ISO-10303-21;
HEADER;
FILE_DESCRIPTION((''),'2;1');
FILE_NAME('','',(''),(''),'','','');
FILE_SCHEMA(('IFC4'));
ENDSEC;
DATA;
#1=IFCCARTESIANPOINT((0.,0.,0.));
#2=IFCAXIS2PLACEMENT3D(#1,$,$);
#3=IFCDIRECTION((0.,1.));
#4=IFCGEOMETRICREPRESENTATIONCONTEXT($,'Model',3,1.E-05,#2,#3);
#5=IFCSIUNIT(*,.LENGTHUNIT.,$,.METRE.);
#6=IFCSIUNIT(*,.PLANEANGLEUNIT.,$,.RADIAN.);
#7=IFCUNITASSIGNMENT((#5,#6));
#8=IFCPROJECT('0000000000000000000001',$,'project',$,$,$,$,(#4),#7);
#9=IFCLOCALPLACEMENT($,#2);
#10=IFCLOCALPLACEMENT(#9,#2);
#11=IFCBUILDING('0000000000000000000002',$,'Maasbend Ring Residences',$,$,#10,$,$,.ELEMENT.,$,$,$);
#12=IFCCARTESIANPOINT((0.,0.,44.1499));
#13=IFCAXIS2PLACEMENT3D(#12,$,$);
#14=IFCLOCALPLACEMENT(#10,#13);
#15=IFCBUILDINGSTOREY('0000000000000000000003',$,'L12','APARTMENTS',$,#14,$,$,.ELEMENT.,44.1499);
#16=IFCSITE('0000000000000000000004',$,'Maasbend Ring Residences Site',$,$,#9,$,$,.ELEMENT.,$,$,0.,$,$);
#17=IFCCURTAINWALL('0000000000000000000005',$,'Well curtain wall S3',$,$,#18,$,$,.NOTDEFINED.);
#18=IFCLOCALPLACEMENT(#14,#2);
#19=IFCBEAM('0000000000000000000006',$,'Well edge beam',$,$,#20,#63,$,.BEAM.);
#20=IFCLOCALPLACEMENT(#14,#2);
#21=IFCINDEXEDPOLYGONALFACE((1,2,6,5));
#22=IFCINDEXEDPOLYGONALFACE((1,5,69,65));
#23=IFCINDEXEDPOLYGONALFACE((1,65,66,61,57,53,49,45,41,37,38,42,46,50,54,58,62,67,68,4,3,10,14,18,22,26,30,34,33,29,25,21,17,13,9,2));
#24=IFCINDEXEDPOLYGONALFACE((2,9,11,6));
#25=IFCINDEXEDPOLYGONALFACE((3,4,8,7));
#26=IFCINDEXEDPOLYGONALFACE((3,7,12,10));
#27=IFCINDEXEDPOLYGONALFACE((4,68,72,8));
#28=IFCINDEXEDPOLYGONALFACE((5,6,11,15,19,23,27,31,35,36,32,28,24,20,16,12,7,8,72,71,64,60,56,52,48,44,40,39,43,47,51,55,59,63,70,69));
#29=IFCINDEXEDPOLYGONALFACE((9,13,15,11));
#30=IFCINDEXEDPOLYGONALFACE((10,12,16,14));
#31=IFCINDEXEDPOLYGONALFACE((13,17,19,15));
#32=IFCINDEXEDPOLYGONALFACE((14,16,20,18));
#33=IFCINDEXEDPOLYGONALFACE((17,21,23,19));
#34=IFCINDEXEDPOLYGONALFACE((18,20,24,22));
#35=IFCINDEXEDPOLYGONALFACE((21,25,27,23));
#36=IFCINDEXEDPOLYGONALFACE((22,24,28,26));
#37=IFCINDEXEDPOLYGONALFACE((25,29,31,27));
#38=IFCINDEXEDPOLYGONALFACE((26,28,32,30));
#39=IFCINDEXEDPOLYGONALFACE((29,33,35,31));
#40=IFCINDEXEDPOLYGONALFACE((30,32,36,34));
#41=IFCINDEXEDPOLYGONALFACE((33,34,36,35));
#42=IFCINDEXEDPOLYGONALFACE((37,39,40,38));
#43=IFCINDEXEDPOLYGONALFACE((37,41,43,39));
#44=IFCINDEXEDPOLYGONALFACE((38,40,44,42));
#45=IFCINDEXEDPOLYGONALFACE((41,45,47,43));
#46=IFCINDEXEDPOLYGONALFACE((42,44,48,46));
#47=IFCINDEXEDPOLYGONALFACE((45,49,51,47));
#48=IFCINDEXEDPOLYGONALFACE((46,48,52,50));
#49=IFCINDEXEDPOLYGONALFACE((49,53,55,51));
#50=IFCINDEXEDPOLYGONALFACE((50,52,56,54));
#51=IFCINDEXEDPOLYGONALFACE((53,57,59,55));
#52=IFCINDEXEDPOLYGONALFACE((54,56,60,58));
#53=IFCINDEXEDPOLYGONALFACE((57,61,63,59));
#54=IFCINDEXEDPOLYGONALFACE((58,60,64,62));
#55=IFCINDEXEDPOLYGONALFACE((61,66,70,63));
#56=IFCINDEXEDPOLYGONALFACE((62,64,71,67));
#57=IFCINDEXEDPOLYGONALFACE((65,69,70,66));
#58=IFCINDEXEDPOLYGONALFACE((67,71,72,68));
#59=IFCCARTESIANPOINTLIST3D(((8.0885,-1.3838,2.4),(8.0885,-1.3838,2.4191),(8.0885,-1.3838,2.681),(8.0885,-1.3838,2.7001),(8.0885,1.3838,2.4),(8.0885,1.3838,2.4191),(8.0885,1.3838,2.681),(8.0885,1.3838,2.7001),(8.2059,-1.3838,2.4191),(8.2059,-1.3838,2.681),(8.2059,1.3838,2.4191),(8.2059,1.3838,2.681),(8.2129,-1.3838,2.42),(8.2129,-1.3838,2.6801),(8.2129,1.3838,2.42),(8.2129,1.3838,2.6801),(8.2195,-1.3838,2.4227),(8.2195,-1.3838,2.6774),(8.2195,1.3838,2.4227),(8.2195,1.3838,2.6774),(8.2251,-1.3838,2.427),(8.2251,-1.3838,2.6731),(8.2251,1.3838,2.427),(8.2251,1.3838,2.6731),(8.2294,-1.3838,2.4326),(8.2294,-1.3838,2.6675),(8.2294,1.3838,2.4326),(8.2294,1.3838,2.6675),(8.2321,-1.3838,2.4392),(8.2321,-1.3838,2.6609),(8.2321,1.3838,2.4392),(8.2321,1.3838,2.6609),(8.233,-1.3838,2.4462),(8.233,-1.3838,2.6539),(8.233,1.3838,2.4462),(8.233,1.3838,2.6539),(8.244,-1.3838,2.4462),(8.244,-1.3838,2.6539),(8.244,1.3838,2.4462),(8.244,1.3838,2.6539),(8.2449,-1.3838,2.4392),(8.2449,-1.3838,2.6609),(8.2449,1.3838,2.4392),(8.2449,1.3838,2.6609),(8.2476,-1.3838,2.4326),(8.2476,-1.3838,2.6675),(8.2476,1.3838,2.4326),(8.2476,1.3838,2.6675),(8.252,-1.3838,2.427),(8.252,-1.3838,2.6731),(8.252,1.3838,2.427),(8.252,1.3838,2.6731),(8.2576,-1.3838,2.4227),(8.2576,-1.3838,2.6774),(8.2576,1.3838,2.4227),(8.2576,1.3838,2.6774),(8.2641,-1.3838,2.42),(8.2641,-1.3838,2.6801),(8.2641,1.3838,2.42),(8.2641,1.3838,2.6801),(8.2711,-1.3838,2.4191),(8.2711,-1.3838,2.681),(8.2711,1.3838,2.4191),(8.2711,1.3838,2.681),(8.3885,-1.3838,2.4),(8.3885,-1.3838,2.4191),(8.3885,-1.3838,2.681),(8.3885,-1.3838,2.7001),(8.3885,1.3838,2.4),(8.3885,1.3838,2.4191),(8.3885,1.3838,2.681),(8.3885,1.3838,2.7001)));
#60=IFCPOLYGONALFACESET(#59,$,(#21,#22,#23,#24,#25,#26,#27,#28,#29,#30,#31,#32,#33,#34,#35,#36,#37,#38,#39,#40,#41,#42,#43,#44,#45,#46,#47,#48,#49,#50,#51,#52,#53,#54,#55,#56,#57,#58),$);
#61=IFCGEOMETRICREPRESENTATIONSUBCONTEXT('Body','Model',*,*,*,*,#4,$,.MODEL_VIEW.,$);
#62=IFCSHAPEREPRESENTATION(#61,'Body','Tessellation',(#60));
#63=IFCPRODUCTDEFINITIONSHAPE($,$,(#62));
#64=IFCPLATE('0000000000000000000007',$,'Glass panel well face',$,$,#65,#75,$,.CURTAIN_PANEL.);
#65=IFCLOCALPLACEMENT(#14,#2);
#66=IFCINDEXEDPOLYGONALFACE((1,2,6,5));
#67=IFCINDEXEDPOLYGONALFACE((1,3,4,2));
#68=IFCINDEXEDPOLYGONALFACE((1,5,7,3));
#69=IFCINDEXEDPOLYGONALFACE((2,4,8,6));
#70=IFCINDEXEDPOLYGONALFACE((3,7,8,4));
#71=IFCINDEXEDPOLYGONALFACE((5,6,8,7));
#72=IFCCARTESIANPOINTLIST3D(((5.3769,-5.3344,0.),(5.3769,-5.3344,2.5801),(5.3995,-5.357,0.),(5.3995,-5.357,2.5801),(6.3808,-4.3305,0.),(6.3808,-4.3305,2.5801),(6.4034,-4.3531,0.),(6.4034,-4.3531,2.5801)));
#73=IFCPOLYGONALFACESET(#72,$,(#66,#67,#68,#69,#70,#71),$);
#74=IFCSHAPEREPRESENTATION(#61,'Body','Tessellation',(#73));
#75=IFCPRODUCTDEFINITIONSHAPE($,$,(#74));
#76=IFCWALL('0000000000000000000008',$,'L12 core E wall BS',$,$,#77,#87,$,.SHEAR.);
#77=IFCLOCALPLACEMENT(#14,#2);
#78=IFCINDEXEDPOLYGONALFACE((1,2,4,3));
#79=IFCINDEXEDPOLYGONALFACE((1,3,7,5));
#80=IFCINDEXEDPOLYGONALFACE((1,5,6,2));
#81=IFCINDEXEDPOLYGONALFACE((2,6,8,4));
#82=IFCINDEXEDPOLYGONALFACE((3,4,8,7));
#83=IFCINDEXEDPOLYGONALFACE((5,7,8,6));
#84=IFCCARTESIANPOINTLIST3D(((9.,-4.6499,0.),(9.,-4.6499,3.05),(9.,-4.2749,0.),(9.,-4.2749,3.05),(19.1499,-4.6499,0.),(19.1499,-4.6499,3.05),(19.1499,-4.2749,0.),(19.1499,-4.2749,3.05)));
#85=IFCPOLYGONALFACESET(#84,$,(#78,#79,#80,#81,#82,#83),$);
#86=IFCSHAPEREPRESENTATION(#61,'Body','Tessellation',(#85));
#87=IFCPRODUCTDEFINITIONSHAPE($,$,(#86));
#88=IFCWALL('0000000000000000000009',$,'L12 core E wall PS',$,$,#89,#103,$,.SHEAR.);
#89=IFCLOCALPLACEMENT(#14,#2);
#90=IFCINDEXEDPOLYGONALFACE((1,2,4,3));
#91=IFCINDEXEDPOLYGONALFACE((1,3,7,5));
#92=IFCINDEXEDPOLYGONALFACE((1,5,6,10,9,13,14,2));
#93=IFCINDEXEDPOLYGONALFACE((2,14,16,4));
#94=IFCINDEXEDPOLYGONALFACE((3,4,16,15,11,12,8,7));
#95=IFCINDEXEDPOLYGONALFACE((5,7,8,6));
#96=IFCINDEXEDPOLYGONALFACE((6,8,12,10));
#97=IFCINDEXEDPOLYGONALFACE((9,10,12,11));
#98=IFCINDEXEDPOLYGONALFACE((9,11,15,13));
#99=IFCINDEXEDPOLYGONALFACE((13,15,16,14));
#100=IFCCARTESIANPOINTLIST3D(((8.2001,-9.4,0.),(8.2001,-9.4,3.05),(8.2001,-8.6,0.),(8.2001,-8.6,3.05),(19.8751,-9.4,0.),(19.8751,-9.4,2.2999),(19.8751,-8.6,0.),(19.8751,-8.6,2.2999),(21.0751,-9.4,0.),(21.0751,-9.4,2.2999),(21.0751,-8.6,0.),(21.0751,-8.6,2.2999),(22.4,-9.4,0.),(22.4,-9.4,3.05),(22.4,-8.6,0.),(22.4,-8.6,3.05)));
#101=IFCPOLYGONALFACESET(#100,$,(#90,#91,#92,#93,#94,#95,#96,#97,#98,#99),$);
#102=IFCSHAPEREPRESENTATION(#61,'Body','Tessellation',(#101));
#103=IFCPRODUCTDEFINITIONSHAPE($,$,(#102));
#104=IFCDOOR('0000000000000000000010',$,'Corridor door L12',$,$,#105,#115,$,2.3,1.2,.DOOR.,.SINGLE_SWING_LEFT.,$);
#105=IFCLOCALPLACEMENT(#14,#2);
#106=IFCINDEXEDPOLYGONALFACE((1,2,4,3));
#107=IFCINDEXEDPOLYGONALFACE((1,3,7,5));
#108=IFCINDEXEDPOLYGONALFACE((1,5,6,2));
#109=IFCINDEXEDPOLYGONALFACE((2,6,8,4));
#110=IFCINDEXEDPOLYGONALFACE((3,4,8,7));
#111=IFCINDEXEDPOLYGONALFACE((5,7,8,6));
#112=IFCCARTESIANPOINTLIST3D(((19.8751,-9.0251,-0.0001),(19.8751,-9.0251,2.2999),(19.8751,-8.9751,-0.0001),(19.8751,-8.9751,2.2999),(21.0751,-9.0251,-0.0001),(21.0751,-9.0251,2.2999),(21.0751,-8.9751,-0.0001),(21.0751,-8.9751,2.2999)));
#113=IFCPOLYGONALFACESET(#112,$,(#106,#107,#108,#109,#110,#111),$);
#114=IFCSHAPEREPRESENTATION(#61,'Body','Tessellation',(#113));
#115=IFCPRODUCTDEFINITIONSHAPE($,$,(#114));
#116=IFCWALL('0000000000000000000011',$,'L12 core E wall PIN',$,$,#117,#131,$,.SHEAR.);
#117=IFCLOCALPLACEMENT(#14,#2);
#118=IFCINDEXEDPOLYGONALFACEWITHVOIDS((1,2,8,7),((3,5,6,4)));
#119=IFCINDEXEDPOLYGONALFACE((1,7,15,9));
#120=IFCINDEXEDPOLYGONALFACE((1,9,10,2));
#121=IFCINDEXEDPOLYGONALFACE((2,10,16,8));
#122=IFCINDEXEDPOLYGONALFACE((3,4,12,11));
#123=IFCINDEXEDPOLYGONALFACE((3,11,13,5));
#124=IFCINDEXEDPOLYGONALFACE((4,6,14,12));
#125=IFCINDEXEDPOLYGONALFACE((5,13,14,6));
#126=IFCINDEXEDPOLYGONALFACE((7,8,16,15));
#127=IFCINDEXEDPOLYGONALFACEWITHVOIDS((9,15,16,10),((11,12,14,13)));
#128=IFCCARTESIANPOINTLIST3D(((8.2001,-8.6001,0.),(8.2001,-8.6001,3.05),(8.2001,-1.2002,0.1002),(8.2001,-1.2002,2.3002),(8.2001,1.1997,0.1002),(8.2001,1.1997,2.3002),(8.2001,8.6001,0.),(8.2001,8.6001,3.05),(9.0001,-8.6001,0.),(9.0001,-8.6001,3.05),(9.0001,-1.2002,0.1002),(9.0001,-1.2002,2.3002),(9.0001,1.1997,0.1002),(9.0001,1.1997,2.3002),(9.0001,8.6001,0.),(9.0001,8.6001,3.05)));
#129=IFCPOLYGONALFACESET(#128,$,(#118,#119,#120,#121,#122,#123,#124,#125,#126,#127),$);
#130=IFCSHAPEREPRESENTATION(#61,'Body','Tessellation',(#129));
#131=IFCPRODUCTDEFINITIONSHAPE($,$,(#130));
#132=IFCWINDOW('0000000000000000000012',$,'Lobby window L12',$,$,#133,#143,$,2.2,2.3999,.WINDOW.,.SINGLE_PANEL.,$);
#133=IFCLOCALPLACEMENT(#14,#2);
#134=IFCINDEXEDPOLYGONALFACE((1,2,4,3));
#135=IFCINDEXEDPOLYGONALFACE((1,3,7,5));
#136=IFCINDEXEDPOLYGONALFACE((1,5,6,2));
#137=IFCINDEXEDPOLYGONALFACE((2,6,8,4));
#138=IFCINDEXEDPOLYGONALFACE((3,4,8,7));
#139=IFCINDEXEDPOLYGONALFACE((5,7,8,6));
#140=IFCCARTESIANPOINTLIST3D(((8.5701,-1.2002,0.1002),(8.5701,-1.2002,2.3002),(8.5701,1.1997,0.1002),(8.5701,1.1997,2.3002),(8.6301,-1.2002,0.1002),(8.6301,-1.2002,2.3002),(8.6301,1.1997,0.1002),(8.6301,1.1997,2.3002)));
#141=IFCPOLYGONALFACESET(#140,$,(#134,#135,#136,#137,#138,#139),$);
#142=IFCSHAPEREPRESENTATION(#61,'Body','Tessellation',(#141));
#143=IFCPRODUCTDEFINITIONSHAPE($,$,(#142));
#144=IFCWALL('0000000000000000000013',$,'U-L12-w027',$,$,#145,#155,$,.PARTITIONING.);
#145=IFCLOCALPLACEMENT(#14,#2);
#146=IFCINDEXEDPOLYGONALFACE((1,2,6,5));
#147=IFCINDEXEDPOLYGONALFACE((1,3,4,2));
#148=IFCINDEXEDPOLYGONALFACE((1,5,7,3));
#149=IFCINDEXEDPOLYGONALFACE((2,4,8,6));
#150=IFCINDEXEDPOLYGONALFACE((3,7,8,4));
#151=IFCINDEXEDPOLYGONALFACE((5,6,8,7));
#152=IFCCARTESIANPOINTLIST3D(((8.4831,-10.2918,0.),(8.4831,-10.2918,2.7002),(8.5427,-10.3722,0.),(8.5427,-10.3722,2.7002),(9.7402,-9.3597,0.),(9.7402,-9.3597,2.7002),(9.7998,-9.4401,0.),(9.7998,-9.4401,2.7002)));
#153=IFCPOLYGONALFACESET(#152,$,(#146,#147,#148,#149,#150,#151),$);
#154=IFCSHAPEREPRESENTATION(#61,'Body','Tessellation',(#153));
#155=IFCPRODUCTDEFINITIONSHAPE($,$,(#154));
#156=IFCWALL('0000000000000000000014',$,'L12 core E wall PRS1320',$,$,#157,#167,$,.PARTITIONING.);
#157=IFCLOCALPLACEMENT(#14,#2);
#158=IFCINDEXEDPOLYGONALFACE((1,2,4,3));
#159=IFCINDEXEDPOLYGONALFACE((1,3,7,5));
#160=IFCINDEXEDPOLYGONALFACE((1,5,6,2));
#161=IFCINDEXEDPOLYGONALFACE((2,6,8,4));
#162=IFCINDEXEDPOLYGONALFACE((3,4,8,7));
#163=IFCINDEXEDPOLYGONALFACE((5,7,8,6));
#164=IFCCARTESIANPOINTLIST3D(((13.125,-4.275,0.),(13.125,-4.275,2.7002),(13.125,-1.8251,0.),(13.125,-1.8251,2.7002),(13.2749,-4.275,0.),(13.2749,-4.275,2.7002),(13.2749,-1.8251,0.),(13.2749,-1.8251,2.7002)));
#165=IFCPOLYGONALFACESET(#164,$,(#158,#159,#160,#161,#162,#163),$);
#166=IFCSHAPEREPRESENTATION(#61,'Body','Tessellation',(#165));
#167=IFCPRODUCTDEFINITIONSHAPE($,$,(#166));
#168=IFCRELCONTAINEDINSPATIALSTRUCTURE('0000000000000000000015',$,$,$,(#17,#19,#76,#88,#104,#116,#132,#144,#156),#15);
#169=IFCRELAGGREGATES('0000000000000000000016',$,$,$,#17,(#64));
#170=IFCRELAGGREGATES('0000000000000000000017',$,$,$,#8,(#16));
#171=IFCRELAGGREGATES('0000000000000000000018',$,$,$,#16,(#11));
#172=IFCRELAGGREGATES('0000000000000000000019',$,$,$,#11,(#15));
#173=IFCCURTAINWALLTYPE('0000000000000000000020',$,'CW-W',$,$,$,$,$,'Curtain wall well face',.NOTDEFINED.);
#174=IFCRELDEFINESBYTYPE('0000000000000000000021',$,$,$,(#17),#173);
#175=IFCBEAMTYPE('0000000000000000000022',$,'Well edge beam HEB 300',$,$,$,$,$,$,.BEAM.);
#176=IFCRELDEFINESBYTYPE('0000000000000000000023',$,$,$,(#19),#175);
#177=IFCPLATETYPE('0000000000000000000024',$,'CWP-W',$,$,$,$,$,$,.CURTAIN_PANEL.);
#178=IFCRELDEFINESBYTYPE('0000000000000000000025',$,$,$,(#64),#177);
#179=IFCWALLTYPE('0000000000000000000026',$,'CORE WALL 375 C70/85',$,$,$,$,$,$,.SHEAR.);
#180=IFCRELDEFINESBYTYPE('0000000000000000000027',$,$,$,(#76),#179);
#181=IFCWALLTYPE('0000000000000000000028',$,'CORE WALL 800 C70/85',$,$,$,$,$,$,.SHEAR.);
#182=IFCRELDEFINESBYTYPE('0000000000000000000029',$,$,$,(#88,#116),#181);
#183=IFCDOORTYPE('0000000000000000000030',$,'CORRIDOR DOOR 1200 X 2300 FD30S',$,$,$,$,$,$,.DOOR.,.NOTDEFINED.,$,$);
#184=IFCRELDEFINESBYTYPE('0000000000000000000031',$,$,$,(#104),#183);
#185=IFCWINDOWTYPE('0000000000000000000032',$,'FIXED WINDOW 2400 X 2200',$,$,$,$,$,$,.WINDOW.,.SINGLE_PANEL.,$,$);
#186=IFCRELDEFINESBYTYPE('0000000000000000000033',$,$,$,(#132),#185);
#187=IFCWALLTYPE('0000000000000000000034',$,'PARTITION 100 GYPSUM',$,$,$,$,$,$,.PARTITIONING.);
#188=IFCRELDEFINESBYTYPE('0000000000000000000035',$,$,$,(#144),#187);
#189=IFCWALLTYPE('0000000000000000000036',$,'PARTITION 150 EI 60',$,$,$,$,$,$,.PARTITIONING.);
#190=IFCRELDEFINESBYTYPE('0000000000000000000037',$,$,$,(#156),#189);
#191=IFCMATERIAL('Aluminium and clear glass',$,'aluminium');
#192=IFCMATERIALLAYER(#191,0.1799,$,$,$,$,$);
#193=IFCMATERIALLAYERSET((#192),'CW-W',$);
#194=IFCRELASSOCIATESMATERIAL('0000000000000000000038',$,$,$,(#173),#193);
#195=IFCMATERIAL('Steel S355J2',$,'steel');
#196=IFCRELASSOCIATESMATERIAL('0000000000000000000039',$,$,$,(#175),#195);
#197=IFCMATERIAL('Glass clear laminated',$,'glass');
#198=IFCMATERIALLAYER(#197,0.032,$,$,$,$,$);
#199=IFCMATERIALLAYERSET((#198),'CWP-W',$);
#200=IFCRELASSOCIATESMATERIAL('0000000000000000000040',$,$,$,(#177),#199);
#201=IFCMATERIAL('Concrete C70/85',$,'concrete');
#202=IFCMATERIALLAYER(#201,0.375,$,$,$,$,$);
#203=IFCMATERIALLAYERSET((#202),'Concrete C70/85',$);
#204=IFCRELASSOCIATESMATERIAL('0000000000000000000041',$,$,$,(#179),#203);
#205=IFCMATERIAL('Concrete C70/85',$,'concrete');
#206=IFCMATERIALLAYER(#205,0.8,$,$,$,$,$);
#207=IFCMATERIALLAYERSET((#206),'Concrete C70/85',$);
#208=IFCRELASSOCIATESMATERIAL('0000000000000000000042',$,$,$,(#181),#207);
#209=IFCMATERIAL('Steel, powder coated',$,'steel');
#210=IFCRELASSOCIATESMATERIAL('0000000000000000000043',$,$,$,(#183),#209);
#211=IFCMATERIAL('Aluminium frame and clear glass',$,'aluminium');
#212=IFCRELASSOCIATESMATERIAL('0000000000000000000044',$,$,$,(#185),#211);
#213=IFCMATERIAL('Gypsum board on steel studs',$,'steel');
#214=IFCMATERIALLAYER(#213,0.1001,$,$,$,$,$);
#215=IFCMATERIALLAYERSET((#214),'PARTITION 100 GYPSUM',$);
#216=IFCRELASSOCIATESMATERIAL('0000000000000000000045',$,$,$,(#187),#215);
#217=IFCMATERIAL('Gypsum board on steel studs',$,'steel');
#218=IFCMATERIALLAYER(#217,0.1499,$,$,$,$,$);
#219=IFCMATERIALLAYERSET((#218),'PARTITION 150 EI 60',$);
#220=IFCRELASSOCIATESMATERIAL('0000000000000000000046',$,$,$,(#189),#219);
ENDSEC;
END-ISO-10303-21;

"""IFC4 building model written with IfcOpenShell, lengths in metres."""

from ifc_helpers import new_model, si_unit, direction, frame, frame_2d, origin, origin_2d, place, context, subcontext, project, spatial, rectangle, i_section, extrude, material, layer, layer_set, material_profile, profile_set, type_object, element, fill, aggregate, save


model = new_model("IFC4")

# Units and contexts
model_context = context("Model", 3, precision=1e-05, world=origin(), true_north=direction((0.0, 1.0)))
body_context = subcontext(model_context, "Body", "Model", "MODEL_VIEW")
ifc_project = project(units=[si_unit("LENGTHUNIT", "METRE"), si_unit("PLANEANGLEUNIT", "RADIAN")], contexts=[model_context])

# Site, building, storey
site_placement = place(None, origin())
site = spatial("IfcSite", under=ifc_project, at=site_placement, Name="Maasbend Ring Residences Site", CompositionType="ELEMENT", RefElevation=0.0)
building_placement = place(site_placement, origin())
building = spatial("IfcBuilding", under=site, at=building_placement, Name="Maasbend Ring Residences", CompositionType="ELEMENT")
storey_placement = place(building_placement, frame((0.0, 0.0, 44.1499)))
storey = spatial("IfcBuildingStorey", under=building, at=storey_placement, Name="L12", Description="APARTMENTS", CompositionType="ELEMENT", Elevation=44.1499)

# Curtain wall
ifc_material_1 = material(Name="Aluminium and clear glass", Category="aluminium")
ifc_layer_1 = layer(ifc_material_1, 0.1799)
ifc_layer_set_1 = layer_set([ifc_layer_1], Name="CW-W")
curtain_wall_type = type_object("IfcCurtainWallType", Name="CW-W", ElementType="Curtain wall well face", PredefinedType="NOTDEFINED", material=ifc_layer_set_1)
curtain_wall_placement = place(storey_placement, origin())
curtain_wall = element("IfcCurtainWall", 1, at=curtain_wall_placement, inside=storey, type_object=curtain_wall_type, Name="Well curtain wall S3", PredefinedType="NOTDEFINED")

# Beam
ifc_material_2 = material(Name="Steel S355J2", Category="steel")
ifc_material_profile_1 = material_profile(ifc_material_2, i_section(OverallWidth=0.3, OverallDepth=0.3, WebThickness=0.011, FlangeThickness=0.019, FilletRadius=0.0271, at=origin_2d()), Name="HEB 300")
ifc_profile_set_1 = profile_set([ifc_material_profile_1], Name="Steel S355J2")
beam_type = type_object("IfcBeamType", Name="Well edge beam HEB 300", PredefinedType="BEAM", material=ifc_profile_set_1)
beam_1_placement = place(storey_placement, frame((8.2385, -1.3838, 2.55), z_axis=(0.0, 1.0, 0.0), x_axis=(-1.0, 0.0, 0.0)))
element("IfcBeam", 2, at=beam_1_placement, inside=storey, type_object=beam_type, Name="Well edge beam", PredefinedType="BEAM", context=body_context, shape_type="SweptSolid", body=[
    extrude(i_section(OverallWidth=0.3, OverallDepth=0.3, WebThickness=0.011, FlangeThickness=0.019, FilletRadius=0.0271, at=origin_2d()), origin(), (0.0, 0.0, 1.0), 2.7676),
])

# Plate
ifc_material_3 = material(Name="Glass clear laminated", Category="glass")
ifc_layer_2 = layer(ifc_material_3, 0.032)
ifc_layer_set_2 = layer_set([ifc_layer_2], Name="CWP-W")
plate_type = type_object("IfcPlateType", Name="CWP-W", PredefinedType="CURTAIN_PANEL", material=ifc_layer_set_2)
plate_placement = place(storey_placement, frame((5.8901, -4.8438, 0.0), z_axis=(0.0, 0.0, 1.0), x_axis=(0.707107, 0.707107, 0.0)))
plate = element("IfcPlate", 3, at=plate_placement, type_object=plate_type, Name="Glass panel well face", PredefinedType="CURTAIN_PANEL", context=body_context, shape_type="SweptSolid", body=[
    extrude(rectangle(XDim=1.4197, YDim=0.032, at=origin_2d()), origin(), (0.0, 0.0, 1.0), 2.5801),
])
aggregate(curtain_wall, [plate])

# Wall
ifc_material_4 = material(Name="Concrete C70/85", Category="concrete")
ifc_layer_3 = layer(ifc_material_4, 0.375)
ifc_layer_set_3 = layer_set([ifc_layer_3], Name="Concrete C70/85")
wall_type_1 = type_object("IfcWallType", Name="CORE WALL 375 C70/85", PredefinedType="SHEAR", material=ifc_layer_set_3)
wall_1_placement = place(storey_placement, frame((9.0, -4.4624, 0.0), z_axis=(0.0, 0.0, 1.0), x_axis=(1.0, 0.0, 0.0)))
element("IfcWall", 4, at=wall_1_placement, inside=storey, type_object=wall_type_1, Name="L12 core E wall BS", PredefinedType="SHEAR", context=body_context, shape_type="SweptSolid", body=[
    extrude(rectangle(XDim=10.1499, YDim=0.375, at=frame_2d((5.075, 0.0))), origin(), (0.0, 0.0, 1.0), 3.05),
])

# Wall, opening, door
ifc_material_5 = material(Name="Concrete C70/85", Category="concrete")
ifc_layer_4 = layer(ifc_material_5, 0.8)
ifc_layer_set_4 = layer_set([ifc_layer_4], Name="Concrete C70/85")
wall_type_2 = type_object("IfcWallType", Name="CORE WALL 800 C70/85", PredefinedType="SHEAR", material=ifc_layer_set_4)
wall_2_placement = place(storey_placement, frame((8.2, -9.0, 0.0), z_axis=(0.0, 0.0, 1.0), x_axis=(1.0, 0.0, 0.0)))
wall_2 = element("IfcWall", 5, at=wall_2_placement, inside=storey, type_object=wall_type_2, Name="L12 core E wall PS", PredefinedType="SHEAR", context=body_context, shape_type="SweptSolid", body=[
    extrude(rectangle(XDim=14.2, YDim=0.8, at=frame_2d((7.1001, 0.0))), origin(), (0.0, 0.0, 1.0), 3.05),
])
opening_1_placement = place(wall_2_placement, frame((11.675, 0.0, 0.0)))
opening_1 = element("IfcOpeningElement", 6, at=opening_1_placement, cuts=wall_2, PredefinedType="OPENING", context=body_context, shape_type="SweptSolid", body=[
    extrude(rectangle(XDim=1.2, YDim=2.3, at=frame_2d((0.6001, 1.1499))), frame((0.0, 0.4102, 0.0), z_axis=(0.0, -1.0, 0.0), x_axis=(1.0, 0.0, 0.0)), (0.0, 0.0, 1.0), 0.8201),
])
ifc_material_6 = material(Name="Steel, powder coated", Category="steel")
door_type = type_object("IfcDoorType", Name="CORRIDOR DOOR 1200 X 2300 FD30S", OperationType="NOTDEFINED", PredefinedType="DOOR", material=ifc_material_6)
door_placement = place(opening_1_placement, origin())
door = element("IfcDoor", 7, at=door_placement, inside=storey, type_object=door_type, Name="Corridor door L12", OperationType="SINGLE_SWING_LEFT", OverallHeight=2.3, OverallWidth=1.2, PredefinedType="DOOR", context=body_context, shape_type="SweptSolid", body=[
    extrude(rectangle(XDim=1.2, YDim=2.3, at=frame_2d((0.6001, 1.1499))), frame((0.0, 0.0249, 0.0), z_axis=(0.0, -1.0, 0.0), x_axis=(1.0, 0.0, 0.0)), (0.0, 0.0, 1.0), 0.05),
])
fill(opening_1, door)

# Wall, opening, window
wall_3_placement = place(storey_placement, frame((8.6001, -8.6001, 0.0), z_axis=(0.0, 0.0, 1.0), x_axis=(0.0, 1.0, 0.0)))
wall_3 = element("IfcWall", 8, at=wall_3_placement, inside=storey, type_object=wall_type_2, Name="L12 core E wall PIN", PredefinedType="SHEAR", context=body_context, shape_type="SweptSolid", body=[
    extrude(rectangle(XDim=17.2002, YDim=0.8, at=frame_2d((8.6001, 0.0))), origin(), (0.0, 0.0, 1.0), 3.05),
])
opening_2_placement = place(wall_3_placement, frame((7.3999, 0.0, 0.1001)))
opening_2 = element("IfcOpeningElement", 9, at=opening_2_placement, cuts=wall_3, PredefinedType="OPENING", context=body_context, shape_type="SweptSolid", body=[
    extrude(rectangle(XDim=2.3999, YDim=2.2, at=frame_2d((1.2, 1.1001))), frame((0.0, 0.4102, 0.0), z_axis=(0.0, -1.0, 0.0), x_axis=(1.0, 0.0, 0.0)), (0.0, 0.0, 1.0), 0.8201),
])
ifc_material_7 = material(Name="Aluminium frame and clear glass", Category="aluminium")
window_type = type_object("IfcWindowType", Name="FIXED WINDOW 2400 X 2200", PartitioningType="SINGLE_PANEL", PredefinedType="WINDOW", material=ifc_material_7)
window_placement = place(opening_2_placement, origin())
window = element("IfcWindow", 10, at=window_placement, inside=storey, type_object=window_type, Name="Lobby window L12", OverallHeight=2.2, OverallWidth=2.3999, PartitioningType="SINGLE_PANEL", PredefinedType="WINDOW", context=body_context, shape_type="SweptSolid", body=[
    extrude(rectangle(XDim=2.3999, YDim=2.2, at=frame_2d((1.2, 1.1001))), frame((0.0, 0.03, 0.0), z_axis=(0.0, -1.0, 0.0), x_axis=(1.0, 0.0, 0.0)), (0.0, 0.0, 1.0), 0.0601),
])
fill(opening_2, window)

# Walls
ifc_material_8 = material(Name="Gypsum board on steel studs", Category="steel")
ifc_layer_5 = layer(ifc_material_8, 0.1001)
ifc_layer_set_5 = layer_set([ifc_layer_5], Name="PARTITION 100 GYPSUM")
wall_type_3 = type_object("IfcWallType", Name="PARTITION 100 GYPSUM", PredefinedType="PARTITIONING", material=ifc_layer_set_5)
wall_4_placement = place(storey_placement, frame((8.5129, -10.332, 0.0), z_axis=(0.0, 0.0, 1.0), x_axis=(0.803264, 0.595623, 0.0)))
element("IfcWall", 11, at=wall_4_placement, inside=storey, type_object=wall_type_3, Name="U-L12-w027", PredefinedType="PARTITIONING", context=body_context, shape_type="SweptSolid", body=[
    extrude(rectangle(XDim=1.5649, YDim=0.1001, at=frame_2d((0.7825, 0.0))), origin(), (0.0, 0.0, 1.0), 2.7002),
])
ifc_material_9 = material(Name="Gypsum board on steel studs", Category="steel")
ifc_layer_6 = layer(ifc_material_9, 0.1499)
ifc_layer_set_6 = layer_set([ifc_layer_6], Name="PARTITION 150 EI 60")
wall_type_4 = type_object("IfcWallType", Name="PARTITION 150 EI 60", PredefinedType="PARTITIONING", material=ifc_layer_set_6)
wall_5_placement = place(storey_placement, frame((13.2, -1.825, 0.0), z_axis=(0.0, 0.0, 1.0), x_axis=(0.0, -1.0, 0.0)))
element("IfcWall", 12, at=wall_5_placement, inside=storey, type_object=wall_type_4, Name="L12 core E wall PRS1320", PredefinedType="PARTITIONING", context=body_context, shape_type="SweptSolid", body=[
    extrude(rectangle(XDim=2.45, YDim=0.1499, at=frame_2d((1.2251, 0.0))), origin(), (0.0, 0.0, 1.0), 2.7002),
])

save(model, "model.ifc")
